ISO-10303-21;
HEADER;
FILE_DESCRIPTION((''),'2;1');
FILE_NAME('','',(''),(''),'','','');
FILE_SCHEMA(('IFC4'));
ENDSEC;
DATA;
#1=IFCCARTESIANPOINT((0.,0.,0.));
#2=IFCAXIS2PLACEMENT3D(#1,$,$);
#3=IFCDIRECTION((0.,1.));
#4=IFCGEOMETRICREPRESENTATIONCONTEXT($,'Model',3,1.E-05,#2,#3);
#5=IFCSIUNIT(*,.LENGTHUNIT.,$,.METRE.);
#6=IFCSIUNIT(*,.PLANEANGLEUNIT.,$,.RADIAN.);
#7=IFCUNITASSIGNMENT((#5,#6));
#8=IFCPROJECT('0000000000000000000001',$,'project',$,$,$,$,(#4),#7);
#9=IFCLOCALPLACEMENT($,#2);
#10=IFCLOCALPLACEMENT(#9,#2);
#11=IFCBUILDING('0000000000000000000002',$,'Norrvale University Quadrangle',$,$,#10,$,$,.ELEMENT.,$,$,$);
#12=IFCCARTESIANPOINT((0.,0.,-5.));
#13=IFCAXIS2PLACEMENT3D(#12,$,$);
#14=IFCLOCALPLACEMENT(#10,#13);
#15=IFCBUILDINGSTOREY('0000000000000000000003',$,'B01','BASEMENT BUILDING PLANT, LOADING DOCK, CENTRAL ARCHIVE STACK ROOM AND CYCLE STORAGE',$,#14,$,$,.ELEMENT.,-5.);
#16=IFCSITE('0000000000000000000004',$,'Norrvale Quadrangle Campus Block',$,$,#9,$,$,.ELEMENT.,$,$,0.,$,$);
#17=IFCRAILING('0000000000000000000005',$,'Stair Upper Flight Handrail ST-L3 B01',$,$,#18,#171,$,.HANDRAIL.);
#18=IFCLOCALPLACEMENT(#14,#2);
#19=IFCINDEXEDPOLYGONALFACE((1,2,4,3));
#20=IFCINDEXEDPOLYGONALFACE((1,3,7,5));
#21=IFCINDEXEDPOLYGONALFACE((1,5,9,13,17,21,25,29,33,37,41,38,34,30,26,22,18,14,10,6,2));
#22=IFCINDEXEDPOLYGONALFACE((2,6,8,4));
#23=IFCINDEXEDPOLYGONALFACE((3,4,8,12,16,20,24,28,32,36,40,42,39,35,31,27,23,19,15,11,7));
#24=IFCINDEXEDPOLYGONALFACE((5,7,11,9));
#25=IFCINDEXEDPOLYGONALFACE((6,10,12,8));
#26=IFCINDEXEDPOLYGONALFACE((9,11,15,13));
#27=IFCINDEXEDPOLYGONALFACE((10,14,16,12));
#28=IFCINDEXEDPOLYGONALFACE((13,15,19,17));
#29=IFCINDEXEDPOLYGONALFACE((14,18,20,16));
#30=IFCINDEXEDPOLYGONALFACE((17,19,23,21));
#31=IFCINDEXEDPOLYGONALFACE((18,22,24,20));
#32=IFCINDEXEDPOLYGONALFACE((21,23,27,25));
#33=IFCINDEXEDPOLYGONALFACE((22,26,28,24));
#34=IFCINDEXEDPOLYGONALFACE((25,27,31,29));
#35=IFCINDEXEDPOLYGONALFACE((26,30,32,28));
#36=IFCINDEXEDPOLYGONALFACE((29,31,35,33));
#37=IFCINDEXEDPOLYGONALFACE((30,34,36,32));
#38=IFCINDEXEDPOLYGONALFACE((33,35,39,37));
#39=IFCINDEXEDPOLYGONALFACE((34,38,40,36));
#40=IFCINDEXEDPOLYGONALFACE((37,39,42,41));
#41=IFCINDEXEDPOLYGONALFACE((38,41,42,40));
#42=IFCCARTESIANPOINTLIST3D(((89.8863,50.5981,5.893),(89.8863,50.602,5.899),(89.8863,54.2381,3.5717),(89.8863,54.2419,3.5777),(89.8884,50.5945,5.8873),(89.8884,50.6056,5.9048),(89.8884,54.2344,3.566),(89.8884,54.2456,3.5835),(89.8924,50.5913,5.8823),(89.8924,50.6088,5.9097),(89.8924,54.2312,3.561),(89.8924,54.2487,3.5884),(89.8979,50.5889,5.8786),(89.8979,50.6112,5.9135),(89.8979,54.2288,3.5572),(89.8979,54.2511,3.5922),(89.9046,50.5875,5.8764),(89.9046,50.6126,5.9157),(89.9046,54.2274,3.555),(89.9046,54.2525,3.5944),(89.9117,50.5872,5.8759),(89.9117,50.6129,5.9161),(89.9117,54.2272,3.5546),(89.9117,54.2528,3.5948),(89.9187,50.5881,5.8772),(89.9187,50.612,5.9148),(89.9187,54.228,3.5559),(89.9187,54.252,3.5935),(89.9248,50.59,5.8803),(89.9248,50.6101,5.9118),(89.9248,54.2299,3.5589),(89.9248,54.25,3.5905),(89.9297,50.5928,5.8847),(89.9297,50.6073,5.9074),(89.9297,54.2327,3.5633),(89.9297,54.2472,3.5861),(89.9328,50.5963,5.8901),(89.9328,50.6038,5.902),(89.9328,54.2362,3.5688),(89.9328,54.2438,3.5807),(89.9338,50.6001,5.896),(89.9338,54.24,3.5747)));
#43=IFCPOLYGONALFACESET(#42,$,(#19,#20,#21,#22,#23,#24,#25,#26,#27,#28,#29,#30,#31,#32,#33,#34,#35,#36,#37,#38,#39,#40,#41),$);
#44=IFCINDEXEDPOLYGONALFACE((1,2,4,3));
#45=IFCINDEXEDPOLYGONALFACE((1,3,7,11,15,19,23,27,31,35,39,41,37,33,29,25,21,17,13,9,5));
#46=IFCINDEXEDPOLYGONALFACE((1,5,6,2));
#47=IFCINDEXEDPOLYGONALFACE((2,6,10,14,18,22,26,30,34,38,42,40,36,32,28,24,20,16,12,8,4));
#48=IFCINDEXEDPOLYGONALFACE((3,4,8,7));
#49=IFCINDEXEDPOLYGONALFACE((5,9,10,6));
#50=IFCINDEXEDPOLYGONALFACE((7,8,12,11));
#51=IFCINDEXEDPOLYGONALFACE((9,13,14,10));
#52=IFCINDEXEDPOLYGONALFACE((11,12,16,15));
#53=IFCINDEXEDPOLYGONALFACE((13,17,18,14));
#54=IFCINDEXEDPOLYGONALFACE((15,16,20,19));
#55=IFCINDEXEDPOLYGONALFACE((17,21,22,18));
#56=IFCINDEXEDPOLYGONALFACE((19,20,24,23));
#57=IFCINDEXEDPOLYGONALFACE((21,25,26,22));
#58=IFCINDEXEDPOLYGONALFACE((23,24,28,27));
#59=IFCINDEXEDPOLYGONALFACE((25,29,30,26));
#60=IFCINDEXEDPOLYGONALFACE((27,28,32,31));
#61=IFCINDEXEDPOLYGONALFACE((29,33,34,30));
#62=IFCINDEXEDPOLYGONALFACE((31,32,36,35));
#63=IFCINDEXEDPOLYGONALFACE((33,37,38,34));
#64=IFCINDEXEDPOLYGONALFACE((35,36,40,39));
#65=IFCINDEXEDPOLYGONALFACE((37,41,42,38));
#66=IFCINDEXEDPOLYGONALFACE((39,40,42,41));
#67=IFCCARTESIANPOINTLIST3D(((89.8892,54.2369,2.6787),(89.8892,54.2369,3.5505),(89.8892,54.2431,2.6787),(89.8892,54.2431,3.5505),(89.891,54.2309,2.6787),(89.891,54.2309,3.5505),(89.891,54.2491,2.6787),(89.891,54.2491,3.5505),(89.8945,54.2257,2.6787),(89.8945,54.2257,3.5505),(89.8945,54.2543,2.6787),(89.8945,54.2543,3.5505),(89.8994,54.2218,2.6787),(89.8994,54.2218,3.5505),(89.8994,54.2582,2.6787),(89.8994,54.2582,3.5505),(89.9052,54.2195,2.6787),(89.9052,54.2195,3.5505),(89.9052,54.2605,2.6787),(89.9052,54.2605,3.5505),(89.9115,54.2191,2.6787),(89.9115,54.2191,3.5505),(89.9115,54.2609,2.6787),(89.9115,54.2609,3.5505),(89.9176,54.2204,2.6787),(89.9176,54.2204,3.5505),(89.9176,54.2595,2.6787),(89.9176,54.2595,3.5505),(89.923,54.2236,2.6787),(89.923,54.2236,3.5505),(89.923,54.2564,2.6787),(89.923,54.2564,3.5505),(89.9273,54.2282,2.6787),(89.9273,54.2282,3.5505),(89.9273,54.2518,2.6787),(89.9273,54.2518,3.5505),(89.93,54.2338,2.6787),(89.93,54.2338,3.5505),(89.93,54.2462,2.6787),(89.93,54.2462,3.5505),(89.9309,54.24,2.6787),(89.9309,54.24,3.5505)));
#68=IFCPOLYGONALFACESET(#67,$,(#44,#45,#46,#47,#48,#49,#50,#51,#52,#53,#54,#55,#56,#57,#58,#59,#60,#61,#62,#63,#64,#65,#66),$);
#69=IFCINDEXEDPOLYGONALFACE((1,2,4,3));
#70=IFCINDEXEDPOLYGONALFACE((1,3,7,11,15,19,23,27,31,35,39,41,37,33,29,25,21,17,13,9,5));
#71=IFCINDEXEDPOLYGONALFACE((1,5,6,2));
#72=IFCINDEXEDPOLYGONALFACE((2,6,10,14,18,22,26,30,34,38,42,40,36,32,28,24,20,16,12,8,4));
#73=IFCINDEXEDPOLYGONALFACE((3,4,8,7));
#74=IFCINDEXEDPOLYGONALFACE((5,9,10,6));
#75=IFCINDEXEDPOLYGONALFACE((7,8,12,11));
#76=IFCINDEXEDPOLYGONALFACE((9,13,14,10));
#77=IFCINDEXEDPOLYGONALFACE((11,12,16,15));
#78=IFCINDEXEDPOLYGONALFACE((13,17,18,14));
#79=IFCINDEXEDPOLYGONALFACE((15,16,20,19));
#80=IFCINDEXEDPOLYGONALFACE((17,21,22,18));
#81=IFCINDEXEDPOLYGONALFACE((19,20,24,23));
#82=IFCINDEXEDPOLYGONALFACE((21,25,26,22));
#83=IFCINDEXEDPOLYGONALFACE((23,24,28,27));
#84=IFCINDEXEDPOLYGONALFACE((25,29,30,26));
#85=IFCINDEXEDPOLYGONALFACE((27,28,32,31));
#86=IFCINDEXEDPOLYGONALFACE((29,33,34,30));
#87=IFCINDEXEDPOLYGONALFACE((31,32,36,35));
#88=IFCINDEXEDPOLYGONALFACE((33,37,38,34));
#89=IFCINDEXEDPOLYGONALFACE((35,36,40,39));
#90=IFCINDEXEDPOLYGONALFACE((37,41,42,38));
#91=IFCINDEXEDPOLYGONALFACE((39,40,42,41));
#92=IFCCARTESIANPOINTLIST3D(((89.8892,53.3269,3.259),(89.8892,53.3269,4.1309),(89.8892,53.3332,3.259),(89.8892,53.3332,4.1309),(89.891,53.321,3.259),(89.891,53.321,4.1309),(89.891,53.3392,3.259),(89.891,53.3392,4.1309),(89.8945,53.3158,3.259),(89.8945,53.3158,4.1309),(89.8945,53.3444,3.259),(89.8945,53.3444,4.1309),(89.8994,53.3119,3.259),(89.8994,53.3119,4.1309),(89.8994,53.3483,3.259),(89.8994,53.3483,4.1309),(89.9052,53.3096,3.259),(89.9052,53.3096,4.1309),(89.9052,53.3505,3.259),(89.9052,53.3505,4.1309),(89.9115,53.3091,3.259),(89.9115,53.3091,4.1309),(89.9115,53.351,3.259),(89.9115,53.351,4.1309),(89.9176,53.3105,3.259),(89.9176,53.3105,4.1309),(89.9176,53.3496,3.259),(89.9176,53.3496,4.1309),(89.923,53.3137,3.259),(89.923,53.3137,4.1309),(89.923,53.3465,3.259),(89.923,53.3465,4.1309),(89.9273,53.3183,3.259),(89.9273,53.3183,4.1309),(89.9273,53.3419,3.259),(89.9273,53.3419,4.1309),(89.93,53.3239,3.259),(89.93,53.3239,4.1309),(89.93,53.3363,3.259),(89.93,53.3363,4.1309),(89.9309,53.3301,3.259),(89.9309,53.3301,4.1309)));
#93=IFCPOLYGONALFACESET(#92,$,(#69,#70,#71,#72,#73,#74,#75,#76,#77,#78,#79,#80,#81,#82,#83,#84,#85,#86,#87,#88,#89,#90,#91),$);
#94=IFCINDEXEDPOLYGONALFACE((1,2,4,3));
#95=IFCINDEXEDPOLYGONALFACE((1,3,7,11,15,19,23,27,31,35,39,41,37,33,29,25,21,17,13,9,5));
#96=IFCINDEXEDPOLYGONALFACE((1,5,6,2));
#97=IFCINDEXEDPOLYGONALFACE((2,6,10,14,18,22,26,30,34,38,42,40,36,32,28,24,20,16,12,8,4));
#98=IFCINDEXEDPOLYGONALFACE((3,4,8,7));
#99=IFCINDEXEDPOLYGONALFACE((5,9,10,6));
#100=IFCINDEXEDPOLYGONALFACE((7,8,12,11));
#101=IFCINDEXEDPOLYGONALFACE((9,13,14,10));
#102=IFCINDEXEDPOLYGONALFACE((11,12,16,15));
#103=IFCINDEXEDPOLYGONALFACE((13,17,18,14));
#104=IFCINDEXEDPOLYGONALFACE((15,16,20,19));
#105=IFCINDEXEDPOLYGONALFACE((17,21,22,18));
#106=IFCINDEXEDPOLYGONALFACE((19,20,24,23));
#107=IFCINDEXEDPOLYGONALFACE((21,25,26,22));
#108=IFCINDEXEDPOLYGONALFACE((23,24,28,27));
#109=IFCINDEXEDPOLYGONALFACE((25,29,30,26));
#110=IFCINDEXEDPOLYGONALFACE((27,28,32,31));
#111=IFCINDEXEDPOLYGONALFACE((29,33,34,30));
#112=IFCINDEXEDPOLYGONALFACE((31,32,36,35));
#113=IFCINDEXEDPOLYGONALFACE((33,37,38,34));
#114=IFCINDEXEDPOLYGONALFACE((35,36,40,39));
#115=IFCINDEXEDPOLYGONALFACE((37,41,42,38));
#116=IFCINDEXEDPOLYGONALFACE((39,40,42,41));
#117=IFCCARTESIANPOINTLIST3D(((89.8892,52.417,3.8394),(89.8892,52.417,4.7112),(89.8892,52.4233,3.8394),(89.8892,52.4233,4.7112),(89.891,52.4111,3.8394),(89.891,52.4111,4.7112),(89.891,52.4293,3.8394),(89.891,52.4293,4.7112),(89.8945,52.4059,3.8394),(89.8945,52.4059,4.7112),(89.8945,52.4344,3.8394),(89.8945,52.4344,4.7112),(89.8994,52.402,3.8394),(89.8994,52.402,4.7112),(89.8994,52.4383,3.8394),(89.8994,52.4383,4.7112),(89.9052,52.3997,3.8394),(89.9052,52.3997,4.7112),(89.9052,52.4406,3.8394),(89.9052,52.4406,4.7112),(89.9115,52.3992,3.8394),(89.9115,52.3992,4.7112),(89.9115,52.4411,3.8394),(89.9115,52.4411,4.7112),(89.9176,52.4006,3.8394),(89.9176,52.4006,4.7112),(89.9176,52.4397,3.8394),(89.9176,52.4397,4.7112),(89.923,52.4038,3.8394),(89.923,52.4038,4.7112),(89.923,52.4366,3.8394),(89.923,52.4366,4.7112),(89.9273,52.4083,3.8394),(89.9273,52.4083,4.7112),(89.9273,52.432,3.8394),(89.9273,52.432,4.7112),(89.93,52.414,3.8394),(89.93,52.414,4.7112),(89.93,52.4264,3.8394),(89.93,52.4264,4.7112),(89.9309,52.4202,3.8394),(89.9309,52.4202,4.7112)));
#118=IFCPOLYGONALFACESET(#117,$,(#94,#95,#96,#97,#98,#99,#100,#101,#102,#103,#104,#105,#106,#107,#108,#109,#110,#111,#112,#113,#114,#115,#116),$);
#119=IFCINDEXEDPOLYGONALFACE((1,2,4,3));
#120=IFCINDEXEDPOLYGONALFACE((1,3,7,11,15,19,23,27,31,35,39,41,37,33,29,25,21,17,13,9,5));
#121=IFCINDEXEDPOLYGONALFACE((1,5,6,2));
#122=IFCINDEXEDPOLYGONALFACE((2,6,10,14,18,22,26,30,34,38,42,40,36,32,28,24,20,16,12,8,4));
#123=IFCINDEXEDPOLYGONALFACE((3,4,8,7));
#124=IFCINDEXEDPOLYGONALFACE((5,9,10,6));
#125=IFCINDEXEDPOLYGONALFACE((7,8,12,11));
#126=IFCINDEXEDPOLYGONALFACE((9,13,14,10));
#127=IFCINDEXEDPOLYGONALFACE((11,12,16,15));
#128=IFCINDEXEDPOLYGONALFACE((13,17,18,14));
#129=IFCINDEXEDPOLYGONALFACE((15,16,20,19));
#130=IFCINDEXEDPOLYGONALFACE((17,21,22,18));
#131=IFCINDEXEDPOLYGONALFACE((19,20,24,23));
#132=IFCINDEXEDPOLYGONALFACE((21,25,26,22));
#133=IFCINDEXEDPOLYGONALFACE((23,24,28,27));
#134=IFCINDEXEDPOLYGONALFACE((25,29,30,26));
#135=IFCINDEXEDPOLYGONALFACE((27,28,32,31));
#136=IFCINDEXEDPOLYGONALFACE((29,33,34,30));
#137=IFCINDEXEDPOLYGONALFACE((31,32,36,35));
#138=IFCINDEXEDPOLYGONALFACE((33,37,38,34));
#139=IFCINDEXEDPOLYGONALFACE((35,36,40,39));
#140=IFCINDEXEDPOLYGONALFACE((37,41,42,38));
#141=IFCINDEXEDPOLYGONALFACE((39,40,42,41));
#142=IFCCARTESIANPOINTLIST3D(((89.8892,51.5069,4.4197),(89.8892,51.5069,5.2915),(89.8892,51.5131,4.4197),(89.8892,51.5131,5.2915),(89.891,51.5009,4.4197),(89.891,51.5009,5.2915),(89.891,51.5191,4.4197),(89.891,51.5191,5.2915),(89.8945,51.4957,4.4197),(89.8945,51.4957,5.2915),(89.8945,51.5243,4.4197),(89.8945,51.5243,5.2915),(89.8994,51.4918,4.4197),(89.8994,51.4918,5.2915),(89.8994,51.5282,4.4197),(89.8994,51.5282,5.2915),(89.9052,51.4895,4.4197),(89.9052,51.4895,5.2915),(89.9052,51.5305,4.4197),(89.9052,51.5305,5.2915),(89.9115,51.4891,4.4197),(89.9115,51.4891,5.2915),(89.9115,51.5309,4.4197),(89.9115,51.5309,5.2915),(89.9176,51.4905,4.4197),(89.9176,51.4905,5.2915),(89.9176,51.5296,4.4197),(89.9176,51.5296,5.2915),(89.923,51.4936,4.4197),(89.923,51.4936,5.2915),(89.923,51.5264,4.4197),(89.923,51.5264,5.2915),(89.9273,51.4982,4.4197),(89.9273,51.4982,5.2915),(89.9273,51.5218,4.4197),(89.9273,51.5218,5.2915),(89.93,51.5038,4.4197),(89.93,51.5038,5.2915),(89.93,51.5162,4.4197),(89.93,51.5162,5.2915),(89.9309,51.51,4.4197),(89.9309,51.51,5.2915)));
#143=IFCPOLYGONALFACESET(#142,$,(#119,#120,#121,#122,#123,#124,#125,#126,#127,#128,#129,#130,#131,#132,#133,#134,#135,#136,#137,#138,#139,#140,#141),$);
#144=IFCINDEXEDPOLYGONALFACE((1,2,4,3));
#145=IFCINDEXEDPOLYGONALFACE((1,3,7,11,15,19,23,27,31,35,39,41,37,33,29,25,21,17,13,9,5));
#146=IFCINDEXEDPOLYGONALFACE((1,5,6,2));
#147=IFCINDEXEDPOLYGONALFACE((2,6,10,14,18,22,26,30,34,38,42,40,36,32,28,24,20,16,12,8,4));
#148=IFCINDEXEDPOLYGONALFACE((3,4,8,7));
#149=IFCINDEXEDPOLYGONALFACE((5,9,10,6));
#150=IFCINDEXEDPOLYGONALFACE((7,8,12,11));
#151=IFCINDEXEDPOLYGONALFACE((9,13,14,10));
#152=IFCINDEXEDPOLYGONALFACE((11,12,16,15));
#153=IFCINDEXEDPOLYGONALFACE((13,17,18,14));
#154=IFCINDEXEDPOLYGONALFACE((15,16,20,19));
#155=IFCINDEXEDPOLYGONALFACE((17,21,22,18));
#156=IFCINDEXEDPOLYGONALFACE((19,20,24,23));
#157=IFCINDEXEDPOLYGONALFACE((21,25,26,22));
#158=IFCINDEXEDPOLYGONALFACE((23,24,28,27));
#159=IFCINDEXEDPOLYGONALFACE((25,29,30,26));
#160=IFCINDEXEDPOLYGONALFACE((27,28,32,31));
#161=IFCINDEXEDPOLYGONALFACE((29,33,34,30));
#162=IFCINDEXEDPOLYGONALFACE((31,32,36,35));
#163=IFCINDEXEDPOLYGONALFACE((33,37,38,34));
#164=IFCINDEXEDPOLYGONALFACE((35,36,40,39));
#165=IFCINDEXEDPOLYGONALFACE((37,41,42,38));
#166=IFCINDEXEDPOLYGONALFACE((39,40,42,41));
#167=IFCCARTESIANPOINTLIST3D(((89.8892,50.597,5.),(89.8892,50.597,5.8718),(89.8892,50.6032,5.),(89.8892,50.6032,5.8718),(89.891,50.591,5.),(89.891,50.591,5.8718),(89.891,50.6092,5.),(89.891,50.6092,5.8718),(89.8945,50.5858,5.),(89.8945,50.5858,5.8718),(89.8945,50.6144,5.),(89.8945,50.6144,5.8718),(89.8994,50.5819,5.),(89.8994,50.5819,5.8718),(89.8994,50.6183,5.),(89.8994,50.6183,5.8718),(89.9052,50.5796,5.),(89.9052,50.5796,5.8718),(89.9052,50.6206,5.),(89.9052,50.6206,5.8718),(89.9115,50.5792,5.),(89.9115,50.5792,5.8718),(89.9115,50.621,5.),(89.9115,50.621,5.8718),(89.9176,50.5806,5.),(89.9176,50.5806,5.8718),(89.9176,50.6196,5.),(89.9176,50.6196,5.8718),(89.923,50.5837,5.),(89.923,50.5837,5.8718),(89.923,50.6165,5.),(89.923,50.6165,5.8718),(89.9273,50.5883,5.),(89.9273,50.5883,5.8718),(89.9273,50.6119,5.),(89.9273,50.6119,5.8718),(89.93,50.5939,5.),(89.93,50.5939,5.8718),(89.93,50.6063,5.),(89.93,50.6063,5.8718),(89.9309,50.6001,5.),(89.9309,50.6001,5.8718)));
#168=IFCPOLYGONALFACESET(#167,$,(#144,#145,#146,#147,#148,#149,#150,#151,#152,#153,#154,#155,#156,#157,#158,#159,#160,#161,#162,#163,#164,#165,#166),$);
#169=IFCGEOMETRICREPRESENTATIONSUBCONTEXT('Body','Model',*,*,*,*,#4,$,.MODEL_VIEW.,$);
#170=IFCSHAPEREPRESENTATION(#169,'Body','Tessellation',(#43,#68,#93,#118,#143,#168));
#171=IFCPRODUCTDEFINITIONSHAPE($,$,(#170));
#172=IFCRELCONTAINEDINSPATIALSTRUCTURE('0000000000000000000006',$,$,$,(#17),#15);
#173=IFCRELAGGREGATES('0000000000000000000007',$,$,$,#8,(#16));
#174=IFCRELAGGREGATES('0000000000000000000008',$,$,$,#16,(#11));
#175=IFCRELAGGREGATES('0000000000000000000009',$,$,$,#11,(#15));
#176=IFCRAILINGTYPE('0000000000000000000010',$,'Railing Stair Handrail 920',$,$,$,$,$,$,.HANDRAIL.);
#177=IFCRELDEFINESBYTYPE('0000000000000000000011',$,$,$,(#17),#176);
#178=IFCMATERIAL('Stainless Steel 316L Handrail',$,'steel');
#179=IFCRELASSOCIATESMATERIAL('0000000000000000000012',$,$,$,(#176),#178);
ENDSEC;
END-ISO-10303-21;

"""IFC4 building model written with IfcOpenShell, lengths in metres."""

from ifc_helpers import new_model, si_unit, direction, frame, origin, origin_2d, place, context, subcontext, project, spatial, circle, extrude, material, type_object, element, save


model = new_model("IFC4")

# Units and contexts
model_context = context("Model", 3, precision=1e-05, world=origin(), true_north=direction((0.0, 1.0)))
body_context = subcontext(model_context, "Body", "Model", "MODEL_VIEW")
ifc_project = project(units=[si_unit("LENGTHUNIT", "METRE"), si_unit("PLANEANGLEUNIT", "RADIAN")], contexts=[model_context])

# Site, building, storey
site_placement = place(None, origin())
site = spatial("IfcSite", under=ifc_project, at=site_placement, Name="Norrvale Quadrangle Campus Block", CompositionType="ELEMENT", RefElevation=0.0)
building_placement = place(site_placement, origin())
building = spatial("IfcBuilding", under=site, at=building_placement, Name="Norrvale University Quadrangle", CompositionType="ELEMENT")
storey_placement = place(building_placement, frame((0.0, 0.0, -5.0)))
storey = spatial("IfcBuildingStorey", under=building, at=storey_placement, Name="B01", Description="BASEMENT BUILDING PLANT, LOADING DOCK, CENTRAL ARCHIVE STACK ROOM AND CYCLE STORAGE", CompositionType="ELEMENT", Elevation=-5.0)

# Railing
ifc_material_1 = material(Name="Stainless Steel 316L Handrail", Category="steel")
railing_type_1 = type_object("IfcRailingType", Name="Railing Stair Handrail 920", PredefinedType="HANDRAIL", material=ifc_material_1)
railing_1_placement = place(storey_placement, frame((89.9099, 54.24, 2.6787)))
element("IfcRailing", 1, at=railing_1_placement, inside=storey, type_object=railing_type_1, Name="Stair Upper Flight Handrail ST-L3 B01", PredefinedType="HANDRAIL", context=body_context, shape_type="SweptSolid", body=[
    extrude(circle(Radius=0.0239, at=origin_2d()), frame((0.0, 0.0, 0.896), z_axis=(0.0, -0.843137, 0.537699), x_axis=(1.0, 0.0, 0.0)), (0.0, 0.0, 1.0), 4.3171),
    extrude(circle(Radius=0.021, at=origin_2d()), origin(), (0.0, 0.0, 1.0), 0.8718),
    extrude(circle(Radius=0.021, at=origin_2d()), frame((0.0, -0.9099, 0.5803)), (0.0, 0.0, 1.0), 0.8718),
    extrude(circle(Radius=0.021, at=origin_2d()), frame((0.0, -1.8198, 1.1606)), (0.0, 0.0, 1.0), 0.8718),
    extrude(circle(Radius=0.021, at=origin_2d()), frame((0.0, -2.73, 1.741)), (0.0, 0.0, 1.0), 0.8718),
    extrude(circle(Radius=0.021, at=origin_2d()), frame((0.0, -3.6399, 2.3213)), (0.0, 0.0, 1.0), 0.8718),
])

save(model, "model.ifc")
